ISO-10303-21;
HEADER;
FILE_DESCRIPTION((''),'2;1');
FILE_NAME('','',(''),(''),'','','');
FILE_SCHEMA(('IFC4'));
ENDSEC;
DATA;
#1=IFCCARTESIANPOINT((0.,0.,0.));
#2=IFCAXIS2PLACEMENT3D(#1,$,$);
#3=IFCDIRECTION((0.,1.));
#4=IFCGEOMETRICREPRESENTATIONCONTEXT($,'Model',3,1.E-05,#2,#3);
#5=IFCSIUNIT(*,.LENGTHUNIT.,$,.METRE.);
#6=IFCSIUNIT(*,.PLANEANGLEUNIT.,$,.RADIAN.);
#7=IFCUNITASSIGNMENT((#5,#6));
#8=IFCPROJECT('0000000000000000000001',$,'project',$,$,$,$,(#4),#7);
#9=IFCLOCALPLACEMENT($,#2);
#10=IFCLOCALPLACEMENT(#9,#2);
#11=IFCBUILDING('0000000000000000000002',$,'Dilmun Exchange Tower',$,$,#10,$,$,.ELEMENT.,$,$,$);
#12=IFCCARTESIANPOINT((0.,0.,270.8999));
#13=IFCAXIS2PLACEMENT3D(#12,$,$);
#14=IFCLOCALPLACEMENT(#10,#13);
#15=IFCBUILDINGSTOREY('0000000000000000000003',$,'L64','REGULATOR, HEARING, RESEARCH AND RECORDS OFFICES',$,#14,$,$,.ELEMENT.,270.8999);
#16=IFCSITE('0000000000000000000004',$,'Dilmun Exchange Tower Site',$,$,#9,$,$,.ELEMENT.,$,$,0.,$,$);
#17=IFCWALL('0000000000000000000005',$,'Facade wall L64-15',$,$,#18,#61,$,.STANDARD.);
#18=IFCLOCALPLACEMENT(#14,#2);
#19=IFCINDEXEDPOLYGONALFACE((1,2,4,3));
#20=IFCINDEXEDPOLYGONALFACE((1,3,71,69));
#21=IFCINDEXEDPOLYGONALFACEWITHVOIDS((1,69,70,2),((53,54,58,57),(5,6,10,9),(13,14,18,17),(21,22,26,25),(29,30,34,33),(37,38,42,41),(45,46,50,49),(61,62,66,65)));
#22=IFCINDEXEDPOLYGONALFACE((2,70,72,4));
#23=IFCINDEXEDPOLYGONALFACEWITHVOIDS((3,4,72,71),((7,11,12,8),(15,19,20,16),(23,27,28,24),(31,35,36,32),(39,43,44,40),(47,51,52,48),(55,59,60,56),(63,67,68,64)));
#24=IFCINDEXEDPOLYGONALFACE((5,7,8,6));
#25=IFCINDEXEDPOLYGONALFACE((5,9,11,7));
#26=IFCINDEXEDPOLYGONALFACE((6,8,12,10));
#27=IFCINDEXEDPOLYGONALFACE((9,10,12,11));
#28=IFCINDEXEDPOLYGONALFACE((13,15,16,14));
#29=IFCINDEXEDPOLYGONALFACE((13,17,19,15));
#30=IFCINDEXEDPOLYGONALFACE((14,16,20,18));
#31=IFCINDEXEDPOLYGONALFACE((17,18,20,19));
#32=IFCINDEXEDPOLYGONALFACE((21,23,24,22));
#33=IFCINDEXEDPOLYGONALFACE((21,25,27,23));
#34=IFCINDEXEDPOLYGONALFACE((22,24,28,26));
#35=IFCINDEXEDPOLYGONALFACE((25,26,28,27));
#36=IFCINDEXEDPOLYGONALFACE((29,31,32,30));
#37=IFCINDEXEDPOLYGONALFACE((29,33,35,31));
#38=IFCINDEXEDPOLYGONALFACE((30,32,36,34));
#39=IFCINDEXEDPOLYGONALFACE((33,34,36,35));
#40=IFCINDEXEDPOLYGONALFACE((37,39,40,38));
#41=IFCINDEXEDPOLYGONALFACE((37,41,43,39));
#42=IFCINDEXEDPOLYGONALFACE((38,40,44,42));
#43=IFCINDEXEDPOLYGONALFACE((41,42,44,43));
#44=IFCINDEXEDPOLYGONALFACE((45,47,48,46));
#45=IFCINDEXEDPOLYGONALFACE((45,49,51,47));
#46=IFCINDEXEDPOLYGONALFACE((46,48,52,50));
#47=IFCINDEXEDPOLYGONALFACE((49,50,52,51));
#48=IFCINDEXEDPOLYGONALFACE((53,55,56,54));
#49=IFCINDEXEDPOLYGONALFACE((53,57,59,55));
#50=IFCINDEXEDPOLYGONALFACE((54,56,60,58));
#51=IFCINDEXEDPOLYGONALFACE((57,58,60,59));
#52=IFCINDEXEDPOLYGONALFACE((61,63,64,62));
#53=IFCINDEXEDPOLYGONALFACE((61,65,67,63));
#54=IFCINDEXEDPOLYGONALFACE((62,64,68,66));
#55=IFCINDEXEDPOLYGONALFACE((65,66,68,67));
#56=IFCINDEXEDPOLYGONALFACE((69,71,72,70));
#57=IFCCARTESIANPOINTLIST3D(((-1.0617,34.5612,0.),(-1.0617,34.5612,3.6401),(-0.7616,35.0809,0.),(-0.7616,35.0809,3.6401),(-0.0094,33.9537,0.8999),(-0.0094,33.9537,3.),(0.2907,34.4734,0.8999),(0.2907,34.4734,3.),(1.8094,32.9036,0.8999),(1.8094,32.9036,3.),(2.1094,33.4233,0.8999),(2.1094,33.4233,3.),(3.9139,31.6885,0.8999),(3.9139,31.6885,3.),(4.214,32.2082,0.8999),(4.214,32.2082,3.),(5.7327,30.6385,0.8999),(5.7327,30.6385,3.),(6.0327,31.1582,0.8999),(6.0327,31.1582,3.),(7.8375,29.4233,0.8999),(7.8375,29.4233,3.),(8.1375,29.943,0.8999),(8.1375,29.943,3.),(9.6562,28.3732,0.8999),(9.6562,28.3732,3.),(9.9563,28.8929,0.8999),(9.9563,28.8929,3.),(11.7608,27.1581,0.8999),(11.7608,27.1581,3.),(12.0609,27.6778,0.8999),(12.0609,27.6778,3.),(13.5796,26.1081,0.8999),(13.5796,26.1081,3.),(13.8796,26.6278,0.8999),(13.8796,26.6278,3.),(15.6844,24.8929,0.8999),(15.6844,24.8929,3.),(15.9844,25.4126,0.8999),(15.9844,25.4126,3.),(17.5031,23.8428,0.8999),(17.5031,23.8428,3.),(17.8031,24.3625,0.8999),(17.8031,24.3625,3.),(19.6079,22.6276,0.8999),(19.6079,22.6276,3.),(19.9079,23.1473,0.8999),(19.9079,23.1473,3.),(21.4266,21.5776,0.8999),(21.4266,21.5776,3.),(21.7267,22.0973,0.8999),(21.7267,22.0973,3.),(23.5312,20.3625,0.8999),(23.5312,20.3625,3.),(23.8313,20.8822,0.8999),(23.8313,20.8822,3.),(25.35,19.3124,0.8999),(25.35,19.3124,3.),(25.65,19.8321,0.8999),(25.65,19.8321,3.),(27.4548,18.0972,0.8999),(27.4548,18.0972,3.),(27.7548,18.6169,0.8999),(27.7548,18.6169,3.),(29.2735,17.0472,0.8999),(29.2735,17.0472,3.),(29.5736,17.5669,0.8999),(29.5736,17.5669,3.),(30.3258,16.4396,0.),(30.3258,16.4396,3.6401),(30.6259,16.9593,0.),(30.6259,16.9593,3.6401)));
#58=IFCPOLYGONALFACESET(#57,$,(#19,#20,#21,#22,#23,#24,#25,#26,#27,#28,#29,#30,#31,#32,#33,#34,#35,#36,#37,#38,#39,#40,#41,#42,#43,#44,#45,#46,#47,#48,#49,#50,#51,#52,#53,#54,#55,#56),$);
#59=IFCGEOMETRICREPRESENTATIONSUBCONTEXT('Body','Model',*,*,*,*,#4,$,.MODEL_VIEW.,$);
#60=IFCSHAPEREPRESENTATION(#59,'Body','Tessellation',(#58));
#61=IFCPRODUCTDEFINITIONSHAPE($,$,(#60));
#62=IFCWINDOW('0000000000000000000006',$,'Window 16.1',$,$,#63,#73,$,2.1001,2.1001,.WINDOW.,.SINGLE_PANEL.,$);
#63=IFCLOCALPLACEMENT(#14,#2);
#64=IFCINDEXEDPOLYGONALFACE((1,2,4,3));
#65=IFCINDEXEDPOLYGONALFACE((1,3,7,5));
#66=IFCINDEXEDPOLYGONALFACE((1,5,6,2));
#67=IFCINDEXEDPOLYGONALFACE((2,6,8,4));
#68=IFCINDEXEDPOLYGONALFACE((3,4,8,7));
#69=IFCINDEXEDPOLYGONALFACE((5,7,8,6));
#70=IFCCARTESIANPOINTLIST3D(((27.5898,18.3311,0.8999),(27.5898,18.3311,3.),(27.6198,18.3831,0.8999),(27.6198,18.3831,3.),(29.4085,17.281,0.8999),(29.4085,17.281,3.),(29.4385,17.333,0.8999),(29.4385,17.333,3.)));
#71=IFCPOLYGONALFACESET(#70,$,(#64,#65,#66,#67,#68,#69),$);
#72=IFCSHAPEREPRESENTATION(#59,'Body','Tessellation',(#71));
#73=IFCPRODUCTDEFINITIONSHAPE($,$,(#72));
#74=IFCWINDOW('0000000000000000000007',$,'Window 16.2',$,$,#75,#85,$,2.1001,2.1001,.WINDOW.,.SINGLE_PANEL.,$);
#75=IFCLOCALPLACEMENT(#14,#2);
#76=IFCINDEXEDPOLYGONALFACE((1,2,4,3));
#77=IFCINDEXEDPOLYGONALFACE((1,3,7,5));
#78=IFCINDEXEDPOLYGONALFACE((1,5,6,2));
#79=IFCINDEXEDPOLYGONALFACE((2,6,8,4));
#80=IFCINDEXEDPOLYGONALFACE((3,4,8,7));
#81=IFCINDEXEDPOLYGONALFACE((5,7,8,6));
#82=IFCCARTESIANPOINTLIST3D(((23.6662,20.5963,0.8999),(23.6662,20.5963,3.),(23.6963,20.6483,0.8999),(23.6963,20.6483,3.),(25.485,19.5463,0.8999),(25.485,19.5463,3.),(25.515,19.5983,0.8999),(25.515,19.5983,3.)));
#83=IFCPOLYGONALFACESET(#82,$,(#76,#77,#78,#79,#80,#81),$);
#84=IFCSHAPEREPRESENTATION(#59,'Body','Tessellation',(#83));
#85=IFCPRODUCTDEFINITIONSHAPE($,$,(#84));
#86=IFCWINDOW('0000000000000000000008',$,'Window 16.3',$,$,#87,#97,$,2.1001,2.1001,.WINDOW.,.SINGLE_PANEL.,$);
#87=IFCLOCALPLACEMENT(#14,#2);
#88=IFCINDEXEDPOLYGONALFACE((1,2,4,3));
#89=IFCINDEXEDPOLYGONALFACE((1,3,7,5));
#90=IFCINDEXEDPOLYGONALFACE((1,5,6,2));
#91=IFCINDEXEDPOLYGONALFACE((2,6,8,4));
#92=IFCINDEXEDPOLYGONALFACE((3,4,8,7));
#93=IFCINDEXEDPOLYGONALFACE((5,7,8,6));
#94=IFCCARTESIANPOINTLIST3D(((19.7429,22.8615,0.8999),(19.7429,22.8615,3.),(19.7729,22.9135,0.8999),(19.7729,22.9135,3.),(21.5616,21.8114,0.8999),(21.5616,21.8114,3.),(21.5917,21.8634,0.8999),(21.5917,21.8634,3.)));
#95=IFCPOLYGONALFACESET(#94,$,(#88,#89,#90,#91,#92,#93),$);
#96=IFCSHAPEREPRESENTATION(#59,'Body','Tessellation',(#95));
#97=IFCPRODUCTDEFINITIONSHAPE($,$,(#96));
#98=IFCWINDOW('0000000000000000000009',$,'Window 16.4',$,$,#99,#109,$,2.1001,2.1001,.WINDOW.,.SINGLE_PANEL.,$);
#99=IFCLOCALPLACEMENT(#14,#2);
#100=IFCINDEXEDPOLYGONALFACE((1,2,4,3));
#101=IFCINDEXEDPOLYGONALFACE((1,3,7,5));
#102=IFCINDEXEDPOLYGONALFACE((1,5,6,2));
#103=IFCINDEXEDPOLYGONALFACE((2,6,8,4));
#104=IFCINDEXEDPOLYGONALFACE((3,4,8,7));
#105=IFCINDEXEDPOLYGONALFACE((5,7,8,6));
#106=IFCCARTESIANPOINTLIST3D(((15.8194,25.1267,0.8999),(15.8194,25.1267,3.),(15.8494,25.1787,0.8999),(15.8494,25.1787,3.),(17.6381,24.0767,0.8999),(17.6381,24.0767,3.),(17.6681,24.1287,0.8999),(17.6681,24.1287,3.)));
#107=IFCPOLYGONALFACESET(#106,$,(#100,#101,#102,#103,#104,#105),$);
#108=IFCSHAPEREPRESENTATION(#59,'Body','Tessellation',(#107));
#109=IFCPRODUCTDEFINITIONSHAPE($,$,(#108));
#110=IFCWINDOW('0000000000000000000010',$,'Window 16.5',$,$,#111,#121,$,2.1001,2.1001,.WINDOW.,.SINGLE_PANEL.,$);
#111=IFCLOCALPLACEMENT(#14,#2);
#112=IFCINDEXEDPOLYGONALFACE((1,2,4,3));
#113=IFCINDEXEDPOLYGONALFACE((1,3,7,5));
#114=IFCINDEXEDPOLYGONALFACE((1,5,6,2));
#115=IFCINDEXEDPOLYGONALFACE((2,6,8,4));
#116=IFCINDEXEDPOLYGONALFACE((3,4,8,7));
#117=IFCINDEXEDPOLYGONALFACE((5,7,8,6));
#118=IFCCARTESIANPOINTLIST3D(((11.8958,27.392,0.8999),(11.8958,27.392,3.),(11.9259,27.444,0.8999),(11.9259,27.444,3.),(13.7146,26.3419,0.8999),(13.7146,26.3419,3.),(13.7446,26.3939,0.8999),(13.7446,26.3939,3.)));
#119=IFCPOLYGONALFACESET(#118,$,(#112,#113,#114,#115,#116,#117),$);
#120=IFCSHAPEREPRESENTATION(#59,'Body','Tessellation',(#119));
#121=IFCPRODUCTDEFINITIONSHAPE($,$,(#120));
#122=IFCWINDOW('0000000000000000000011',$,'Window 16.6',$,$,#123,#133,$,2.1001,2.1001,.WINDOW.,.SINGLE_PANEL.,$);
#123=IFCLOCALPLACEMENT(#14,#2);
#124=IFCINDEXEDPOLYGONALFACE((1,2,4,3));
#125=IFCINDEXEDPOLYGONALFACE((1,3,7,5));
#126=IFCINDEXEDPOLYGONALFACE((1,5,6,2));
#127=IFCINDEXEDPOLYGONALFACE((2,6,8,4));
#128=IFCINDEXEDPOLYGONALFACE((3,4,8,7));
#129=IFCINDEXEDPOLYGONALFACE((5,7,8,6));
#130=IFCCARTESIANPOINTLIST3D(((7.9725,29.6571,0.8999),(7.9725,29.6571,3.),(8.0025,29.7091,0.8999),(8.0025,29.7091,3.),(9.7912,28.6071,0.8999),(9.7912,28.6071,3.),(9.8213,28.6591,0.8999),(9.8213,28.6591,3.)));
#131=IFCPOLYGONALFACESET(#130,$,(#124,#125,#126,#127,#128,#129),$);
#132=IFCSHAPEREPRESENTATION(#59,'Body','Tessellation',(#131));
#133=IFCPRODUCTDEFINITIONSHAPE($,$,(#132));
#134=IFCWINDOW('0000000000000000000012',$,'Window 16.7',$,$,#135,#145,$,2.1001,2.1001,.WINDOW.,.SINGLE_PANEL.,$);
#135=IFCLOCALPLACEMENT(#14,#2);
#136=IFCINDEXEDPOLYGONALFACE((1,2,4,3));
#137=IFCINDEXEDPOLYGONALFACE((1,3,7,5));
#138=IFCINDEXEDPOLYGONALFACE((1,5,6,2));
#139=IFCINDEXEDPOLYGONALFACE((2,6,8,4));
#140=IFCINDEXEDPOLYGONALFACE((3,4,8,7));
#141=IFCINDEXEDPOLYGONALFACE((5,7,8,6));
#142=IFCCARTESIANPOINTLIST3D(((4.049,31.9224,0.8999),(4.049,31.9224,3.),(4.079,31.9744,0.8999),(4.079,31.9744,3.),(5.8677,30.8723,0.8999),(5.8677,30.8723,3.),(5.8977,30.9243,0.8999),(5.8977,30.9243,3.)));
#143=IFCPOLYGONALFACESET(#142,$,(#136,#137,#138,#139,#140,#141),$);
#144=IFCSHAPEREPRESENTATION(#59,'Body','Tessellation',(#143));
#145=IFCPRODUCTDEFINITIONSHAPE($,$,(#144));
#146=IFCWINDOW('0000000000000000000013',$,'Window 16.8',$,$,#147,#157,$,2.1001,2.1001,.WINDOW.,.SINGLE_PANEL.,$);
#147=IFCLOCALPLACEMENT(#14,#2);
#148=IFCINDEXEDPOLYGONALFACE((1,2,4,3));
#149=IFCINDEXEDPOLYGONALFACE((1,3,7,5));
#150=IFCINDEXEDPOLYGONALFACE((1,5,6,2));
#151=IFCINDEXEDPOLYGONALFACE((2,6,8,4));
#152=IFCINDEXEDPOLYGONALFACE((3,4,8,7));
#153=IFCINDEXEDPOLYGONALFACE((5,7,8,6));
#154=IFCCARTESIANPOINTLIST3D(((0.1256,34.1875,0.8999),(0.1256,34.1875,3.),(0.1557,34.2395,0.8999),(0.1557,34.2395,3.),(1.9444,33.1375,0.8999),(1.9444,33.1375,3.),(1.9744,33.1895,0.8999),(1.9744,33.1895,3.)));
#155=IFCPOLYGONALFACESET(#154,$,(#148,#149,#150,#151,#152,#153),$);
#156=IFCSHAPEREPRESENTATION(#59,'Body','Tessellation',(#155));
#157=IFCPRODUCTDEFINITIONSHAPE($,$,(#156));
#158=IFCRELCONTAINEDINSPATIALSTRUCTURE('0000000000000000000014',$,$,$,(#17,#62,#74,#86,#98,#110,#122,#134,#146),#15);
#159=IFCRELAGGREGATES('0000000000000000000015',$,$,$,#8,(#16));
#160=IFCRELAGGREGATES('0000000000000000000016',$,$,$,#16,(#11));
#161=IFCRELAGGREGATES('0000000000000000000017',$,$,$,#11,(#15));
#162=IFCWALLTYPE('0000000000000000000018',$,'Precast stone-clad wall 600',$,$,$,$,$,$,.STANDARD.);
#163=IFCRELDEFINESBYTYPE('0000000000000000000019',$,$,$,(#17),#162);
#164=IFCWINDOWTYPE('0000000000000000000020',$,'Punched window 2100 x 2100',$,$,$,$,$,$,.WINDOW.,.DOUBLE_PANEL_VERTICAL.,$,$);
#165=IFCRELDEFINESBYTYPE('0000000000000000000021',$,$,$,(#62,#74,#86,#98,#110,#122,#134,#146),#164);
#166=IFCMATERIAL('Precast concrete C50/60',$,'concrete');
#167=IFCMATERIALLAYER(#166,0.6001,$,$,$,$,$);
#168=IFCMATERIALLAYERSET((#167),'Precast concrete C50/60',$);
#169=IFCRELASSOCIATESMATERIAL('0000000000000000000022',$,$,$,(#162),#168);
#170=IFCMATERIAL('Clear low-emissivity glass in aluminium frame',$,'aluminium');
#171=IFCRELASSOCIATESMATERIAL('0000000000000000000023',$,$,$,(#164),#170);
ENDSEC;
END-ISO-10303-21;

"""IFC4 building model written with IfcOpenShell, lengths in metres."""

from ifc_helpers import new_model, si_unit, direction, frame, frame_2d, origin, place, context, subcontext, project, spatial, rectangle, extrude, material, layer, layer_set, type_object, element, fill, save


model = new_model("IFC4")

# Units and contexts
model_context = context("Model", 3, precision=1e-05, world=origin(), true_north=direction((0.0, 1.0)))
body_context = subcontext(model_context, "Body", "Model", "MODEL_VIEW")
ifc_project = project(units=[si_unit("LENGTHUNIT", "METRE"), si_unit("PLANEANGLEUNIT", "RADIAN")], contexts=[model_context])

# Site, building, storey
site_placement = place(None, origin())
site = spatial("IfcSite", under=ifc_project, at=site_placement, Name="Dilmun Exchange Tower Site", CompositionType="ELEMENT", RefElevation=0.0)
building_placement = place(site_placement, origin())
building = spatial("IfcBuilding", under=site, at=building_placement, Name="Dilmun Exchange Tower", CompositionType="ELEMENT")
storey_placement = place(building_placement, frame((0.0, 0.0, 270.8999)))
storey = spatial("IfcBuildingStorey", under=building, at=storey_placement, Name="L64", Description="REGULATOR, HEARING, RESEARCH AND RECORDS OFFICES", CompositionType="ELEMENT", Elevation=270.8999)

# Shared definitions
ifc_material_1 = material(Name="Precast concrete C50/60", Category="concrete")
ifc_layer_1 = layer(ifc_material_1, 0.6001)
ifc_layer_set_1 = layer_set([ifc_layer_1], Name="Precast concrete C50/60")
wall_type_1 = type_object("IfcWallType", Name="Precast stone-clad wall 600", PredefinedType="STANDARD", material=ifc_layer_set_1)
ifc_material_2 = material(Name="Clear low-emissivity glass in aluminium frame", Category="aluminium")

# Wall, openings, windows
wall_1_placement = place(storey_placement, frame((30.4758, 16.6995, 0.0), z_axis=(0.0, 0.0, 1.0), x_axis=(-0.866025, 0.500001, 0.0)))
wall_1 = element("IfcWall", 1, at=wall_1_placement, inside=storey, type_object=wall_type_1, Name="Facade wall L64-15", PredefinedType="STANDARD", context=body_context, shape_type="SweptSolid", body=[
    extrude(rectangle(XDim=36.2432, YDim=0.6001, at=frame_2d((18.1216, 0.0))), origin(), (0.0, 0.0, 1.0), 3.6401),
])
opening_1_placement = place(wall_1_placement, frame((1.2151, 0.0, 0.8999)))
opening_1 = element("IfcOpeningElement", 2, at=opening_1_placement, cuts=wall_1, PredefinedType="OPENING", context=body_context, shape_type="SweptSolid", body=[
    extrude(rectangle(XDim=2.1001, YDim=2.1001, at=frame_2d((1.05, 1.05))), frame((0.0, 0.3101, 0.0), z_axis=(0.0, -1.0, 0.0), x_axis=(1.0, 0.0, 0.0)), (0.0, 0.0, 1.0), 0.6201),
])
opening_2_placement = place(wall_1_placement, frame((5.7456, 0.0, 0.8999)))
opening_2 = element("IfcOpeningElement", 3, at=opening_2_placement, cuts=wall_1, PredefinedType="OPENING", context=body_context, shape_type="SweptSolid", body=[
    extrude(rectangle(XDim=2.1001, YDim=2.1001, at=frame_2d((1.05, 1.05))), frame((0.0, 0.3101, 0.0), z_axis=(0.0, -1.0, 0.0), x_axis=(1.0, 0.0, 0.0)), (0.0, 0.0, 1.0), 0.6201),
])
opening_3_placement = place(wall_1_placement, frame((10.2759, 0.0, 0.8999)))
opening_3 = element("IfcOpeningElement", 4, at=opening_3_placement, cuts=wall_1, PredefinedType="OPENING", context=body_context, shape_type="SweptSolid", body=[
    extrude(rectangle(XDim=2.1001, YDim=2.1001, at=frame_2d((1.05, 1.05))), frame((0.0, 0.3101, 0.0), z_axis=(0.0, -1.0, 0.0), x_axis=(1.0, 0.0, 0.0)), (0.0, 0.0, 1.0), 0.6201),
])
opening_4_placement = place(wall_1_placement, frame((14.8064, 0.0, 0.8999)))
opening_4 = element("IfcOpeningElement", 5, at=opening_4_placement, cuts=wall_1, PredefinedType="OPENING", context=body_context, shape_type="SweptSolid", body=[
    extrude(rectangle(XDim=2.1001, YDim=2.1001, at=frame_2d((1.05, 1.05))), frame((0.0, 0.3101, 0.0), z_axis=(0.0, -1.0, 0.0), x_axis=(1.0, 0.0, 0.0)), (0.0, 0.0, 1.0), 0.6201),
])
opening_5_placement = place(wall_1_placement, frame((19.3369, 0.0, 0.8999)))
opening_5 = element("IfcOpeningElement", 6, at=opening_5_placement, cuts=wall_1, PredefinedType="OPENING", context=body_context, shape_type="SweptSolid", body=[
    extrude(rectangle(XDim=2.1001, YDim=2.1001, at=frame_2d((1.05, 1.05))), frame((0.0, 0.3101, 0.0), z_axis=(0.0, -1.0, 0.0), x_axis=(1.0, 0.0, 0.0)), (0.0, 0.0, 1.0), 0.6201),
])
opening_6_placement = place(wall_1_placement, frame((23.8672, 0.0, 0.8999)))
opening_6 = element("IfcOpeningElement", 7, at=opening_6_placement, cuts=wall_1, PredefinedType="OPENING", context=body_context, shape_type="SweptSolid", body=[
    extrude(rectangle(XDim=2.1001, YDim=2.1001, at=frame_2d((1.05, 1.05))), frame((0.0, 0.3101, 0.0), z_axis=(0.0, -1.0, 0.0), x_axis=(1.0, 0.0, 0.0)), (0.0, 0.0, 1.0), 0.6201),
])
opening_7_placement = place(wall_1_placement, frame((28.3977, 0.0, 0.8999)))
opening_7 = element("IfcOpeningElement", 8, at=opening_7_placement, cuts=wall_1, PredefinedType="OPENING", context=body_context, shape_type="SweptSolid", body=[
    extrude(rectangle(XDim=2.1001, YDim=2.1001, at=frame_2d((1.05, 1.05))), frame((0.0, 0.3101, 0.0), z_axis=(0.0, -1.0, 0.0), x_axis=(1.0, 0.0, 0.0)), (0.0, 0.0, 1.0), 0.6201),
])
opening_8_placement = place(wall_1_placement, frame((32.928, 0.0, 0.8999)))
opening_8 = element("IfcOpeningElement", 9, at=opening_8_placement, cuts=wall_1, PredefinedType="OPENING", context=body_context, shape_type="SweptSolid", body=[
    extrude(rectangle(XDim=2.1001, YDim=2.1001, at=frame_2d((1.05, 1.05))), frame((0.0, 0.3101, 0.0), z_axis=(0.0, -1.0, 0.0), x_axis=(1.0, 0.0, 0.0)), (0.0, 0.0, 1.0), 0.6201),
])
window_type_1 = type_object("IfcWindowType", Name="Punched window 2100 x 2100", PartitioningType="DOUBLE_PANEL_VERTICAL", PredefinedType="WINDOW", material=ifc_material_2)
window_1_placement = place(opening_1_placement, origin())
window_1 = element("IfcWindow", 10, at=window_1_placement, inside=storey, type_object=window_type_1, Name="Window 16.1", OverallHeight=2.1001, OverallWidth=2.1001, PartitioningType="SINGLE_PANEL", PredefinedType="WINDOW", context=body_context, shape_type="SweptSolid", body=[
    extrude(rectangle(XDim=2.1001, YDim=2.1001, at=frame_2d((1.05, 1.05))), frame((0.0, 0.03, 0.0), z_axis=(0.0, -1.0, 0.0), x_axis=(1.0, 0.0, 0.0)), (0.0, 0.0, 1.0), 0.0601),
])
fill(opening_1, window_1)
window_2_placement = place(opening_2_placement, origin())
window_2 = element("IfcWindow", 11, at=window_2_placement, inside=storey, type_object=window_type_1, Name="Window 16.2", OverallHeight=2.1001, OverallWidth=2.1001, PartitioningType="SINGLE_PANEL", PredefinedType="WINDOW", context=body_context, shape_type="SweptSolid", body=[
    extrude(rectangle(XDim=2.1001, YDim=2.1001, at=frame_2d((1.05, 1.05))), frame((0.0, 0.03, 0.0), z_axis=(0.0, -1.0, 0.0), x_axis=(1.0, 0.0, 0.0)), (0.0, 0.0, 1.0), 0.0601),
])
fill(opening_2, window_2)
window_3_placement = place(opening_3_placement, origin())
window_3 = element("IfcWindow", 12, at=window_3_placement, inside=storey, type_object=window_type_1, Name="Window 16.3", OverallHeight=2.1001, OverallWidth=2.1001, PartitioningType="SINGLE_PANEL", PredefinedType="WINDOW", context=body_context, shape_type="SweptSolid", body=[
    extrude(rectangle(XDim=2.1001, YDim=2.1001, at=frame_2d((1.05, 1.05))), frame((0.0, 0.03, 0.0), z_axis=(0.0, -1.0, 0.0), x_axis=(1.0, 0.0, 0.0)), (0.0, 0.0, 1.0), 0.0601),
])
fill(opening_3, window_3)
window_4_placement = place(opening_4_placement, origin())
window_4 = element("IfcWindow", 13, at=window_4_placement, inside=storey, type_object=window_type_1, Name="Window 16.4", OverallHeight=2.1001, OverallWidth=2.1001, PartitioningType="SINGLE_PANEL", PredefinedType="WINDOW", context=body_context, shape_type="SweptSolid", body=[
    extrude(rectangle(XDim=2.1001, YDim=2.1001, at=frame_2d((1.05, 1.05))), frame((0.0, 0.03, 0.0), z_axis=(0.0, -1.0, 0.0), x_axis=(1.0, 0.0, 0.0)), (0.0, 0.0, 1.0), 0.0601),
])
fill(opening_4, window_4)
window_5_placement = place(opening_5_placement, origin())
window_5 = element("IfcWindow", 14, at=window_5_placement, inside=storey, type_object=window_type_1, Name="Window 16.5", OverallHeight=2.1001, OverallWidth=2.1001, PartitioningType="SINGLE_PANEL", PredefinedType="WINDOW", context=body_context, shape_type="SweptSolid", body=[
    extrude(rectangle(XDim=2.1001, YDim=2.1001, at=frame_2d((1.05, 1.05))), frame((0.0, 0.03, 0.0), z_axis=(0.0, -1.0, 0.0), x_axis=(1.0, 0.0, 0.0)), (0.0, 0.0, 1.0), 0.0601),
])
fill(opening_5, window_5)
window_6_placement = place(opening_6_placement, origin())
window_6 = element("IfcWindow", 15, at=window_6_placement, inside=storey, type_object=window_type_1, Name="Window 16.6", OverallHeight=2.1001, OverallWidth=2.1001, PartitioningType="SINGLE_PANEL", PredefinedType="WINDOW", context=body_context, shape_type="SweptSolid", body=[
    extrude(rectangle(XDim=2.1001, YDim=2.1001, at=frame_2d((1.05, 1.05))), frame((0.0, 0.03, 0.0), z_axis=(0.0, -1.0, 0.0), x_axis=(1.0, 0.0, 0.0)), (0.0, 0.0, 1.0), 0.0601),
])
fill(opening_6, window_6)
window_7_placement = place(opening_7_placement, origin())
window_7 = element("IfcWindow", 16, at=window_7_placement, inside=storey, type_object=window_type_1, Name="Window 16.7", OverallHeight=2.1001, OverallWidth=2.1001, PartitioningType="SINGLE_PANEL", PredefinedType="WINDOW", context=body_context, shape_type="SweptSolid", body=[
    extrude(rectangle(XDim=2.1001, YDim=2.1001, at=frame_2d((1.05, 1.05))), frame((0.0, 0.03, 0.0), z_axis=(0.0, -1.0, 0.0), x_axis=(1.0, 0.0, 0.0)), (0.0, 0.0, 1.0), 0.0601),
])
fill(opening_7, window_7)
window_8_placement = place(opening_8_placement, origin())
window_8 = element("IfcWindow", 17, at=window_8_placement, inside=storey, type_object=window_type_1, Name="Window 16.8", OverallHeight=2.1001, OverallWidth=2.1001, PartitioningType="SINGLE_PANEL", PredefinedType="WINDOW", context=body_context, shape_type="SweptSolid", body=[
    extrude(rectangle(XDim=2.1001, YDim=2.1001, at=frame_2d((1.05, 1.05))), frame((0.0, 0.03, 0.0), z_axis=(0.0, -1.0, 0.0), x_axis=(1.0, 0.0, 0.0)), (0.0, 0.0, 1.0), 0.0601),
])
fill(opening_8, window_8)

save(model, "model.ifc")
